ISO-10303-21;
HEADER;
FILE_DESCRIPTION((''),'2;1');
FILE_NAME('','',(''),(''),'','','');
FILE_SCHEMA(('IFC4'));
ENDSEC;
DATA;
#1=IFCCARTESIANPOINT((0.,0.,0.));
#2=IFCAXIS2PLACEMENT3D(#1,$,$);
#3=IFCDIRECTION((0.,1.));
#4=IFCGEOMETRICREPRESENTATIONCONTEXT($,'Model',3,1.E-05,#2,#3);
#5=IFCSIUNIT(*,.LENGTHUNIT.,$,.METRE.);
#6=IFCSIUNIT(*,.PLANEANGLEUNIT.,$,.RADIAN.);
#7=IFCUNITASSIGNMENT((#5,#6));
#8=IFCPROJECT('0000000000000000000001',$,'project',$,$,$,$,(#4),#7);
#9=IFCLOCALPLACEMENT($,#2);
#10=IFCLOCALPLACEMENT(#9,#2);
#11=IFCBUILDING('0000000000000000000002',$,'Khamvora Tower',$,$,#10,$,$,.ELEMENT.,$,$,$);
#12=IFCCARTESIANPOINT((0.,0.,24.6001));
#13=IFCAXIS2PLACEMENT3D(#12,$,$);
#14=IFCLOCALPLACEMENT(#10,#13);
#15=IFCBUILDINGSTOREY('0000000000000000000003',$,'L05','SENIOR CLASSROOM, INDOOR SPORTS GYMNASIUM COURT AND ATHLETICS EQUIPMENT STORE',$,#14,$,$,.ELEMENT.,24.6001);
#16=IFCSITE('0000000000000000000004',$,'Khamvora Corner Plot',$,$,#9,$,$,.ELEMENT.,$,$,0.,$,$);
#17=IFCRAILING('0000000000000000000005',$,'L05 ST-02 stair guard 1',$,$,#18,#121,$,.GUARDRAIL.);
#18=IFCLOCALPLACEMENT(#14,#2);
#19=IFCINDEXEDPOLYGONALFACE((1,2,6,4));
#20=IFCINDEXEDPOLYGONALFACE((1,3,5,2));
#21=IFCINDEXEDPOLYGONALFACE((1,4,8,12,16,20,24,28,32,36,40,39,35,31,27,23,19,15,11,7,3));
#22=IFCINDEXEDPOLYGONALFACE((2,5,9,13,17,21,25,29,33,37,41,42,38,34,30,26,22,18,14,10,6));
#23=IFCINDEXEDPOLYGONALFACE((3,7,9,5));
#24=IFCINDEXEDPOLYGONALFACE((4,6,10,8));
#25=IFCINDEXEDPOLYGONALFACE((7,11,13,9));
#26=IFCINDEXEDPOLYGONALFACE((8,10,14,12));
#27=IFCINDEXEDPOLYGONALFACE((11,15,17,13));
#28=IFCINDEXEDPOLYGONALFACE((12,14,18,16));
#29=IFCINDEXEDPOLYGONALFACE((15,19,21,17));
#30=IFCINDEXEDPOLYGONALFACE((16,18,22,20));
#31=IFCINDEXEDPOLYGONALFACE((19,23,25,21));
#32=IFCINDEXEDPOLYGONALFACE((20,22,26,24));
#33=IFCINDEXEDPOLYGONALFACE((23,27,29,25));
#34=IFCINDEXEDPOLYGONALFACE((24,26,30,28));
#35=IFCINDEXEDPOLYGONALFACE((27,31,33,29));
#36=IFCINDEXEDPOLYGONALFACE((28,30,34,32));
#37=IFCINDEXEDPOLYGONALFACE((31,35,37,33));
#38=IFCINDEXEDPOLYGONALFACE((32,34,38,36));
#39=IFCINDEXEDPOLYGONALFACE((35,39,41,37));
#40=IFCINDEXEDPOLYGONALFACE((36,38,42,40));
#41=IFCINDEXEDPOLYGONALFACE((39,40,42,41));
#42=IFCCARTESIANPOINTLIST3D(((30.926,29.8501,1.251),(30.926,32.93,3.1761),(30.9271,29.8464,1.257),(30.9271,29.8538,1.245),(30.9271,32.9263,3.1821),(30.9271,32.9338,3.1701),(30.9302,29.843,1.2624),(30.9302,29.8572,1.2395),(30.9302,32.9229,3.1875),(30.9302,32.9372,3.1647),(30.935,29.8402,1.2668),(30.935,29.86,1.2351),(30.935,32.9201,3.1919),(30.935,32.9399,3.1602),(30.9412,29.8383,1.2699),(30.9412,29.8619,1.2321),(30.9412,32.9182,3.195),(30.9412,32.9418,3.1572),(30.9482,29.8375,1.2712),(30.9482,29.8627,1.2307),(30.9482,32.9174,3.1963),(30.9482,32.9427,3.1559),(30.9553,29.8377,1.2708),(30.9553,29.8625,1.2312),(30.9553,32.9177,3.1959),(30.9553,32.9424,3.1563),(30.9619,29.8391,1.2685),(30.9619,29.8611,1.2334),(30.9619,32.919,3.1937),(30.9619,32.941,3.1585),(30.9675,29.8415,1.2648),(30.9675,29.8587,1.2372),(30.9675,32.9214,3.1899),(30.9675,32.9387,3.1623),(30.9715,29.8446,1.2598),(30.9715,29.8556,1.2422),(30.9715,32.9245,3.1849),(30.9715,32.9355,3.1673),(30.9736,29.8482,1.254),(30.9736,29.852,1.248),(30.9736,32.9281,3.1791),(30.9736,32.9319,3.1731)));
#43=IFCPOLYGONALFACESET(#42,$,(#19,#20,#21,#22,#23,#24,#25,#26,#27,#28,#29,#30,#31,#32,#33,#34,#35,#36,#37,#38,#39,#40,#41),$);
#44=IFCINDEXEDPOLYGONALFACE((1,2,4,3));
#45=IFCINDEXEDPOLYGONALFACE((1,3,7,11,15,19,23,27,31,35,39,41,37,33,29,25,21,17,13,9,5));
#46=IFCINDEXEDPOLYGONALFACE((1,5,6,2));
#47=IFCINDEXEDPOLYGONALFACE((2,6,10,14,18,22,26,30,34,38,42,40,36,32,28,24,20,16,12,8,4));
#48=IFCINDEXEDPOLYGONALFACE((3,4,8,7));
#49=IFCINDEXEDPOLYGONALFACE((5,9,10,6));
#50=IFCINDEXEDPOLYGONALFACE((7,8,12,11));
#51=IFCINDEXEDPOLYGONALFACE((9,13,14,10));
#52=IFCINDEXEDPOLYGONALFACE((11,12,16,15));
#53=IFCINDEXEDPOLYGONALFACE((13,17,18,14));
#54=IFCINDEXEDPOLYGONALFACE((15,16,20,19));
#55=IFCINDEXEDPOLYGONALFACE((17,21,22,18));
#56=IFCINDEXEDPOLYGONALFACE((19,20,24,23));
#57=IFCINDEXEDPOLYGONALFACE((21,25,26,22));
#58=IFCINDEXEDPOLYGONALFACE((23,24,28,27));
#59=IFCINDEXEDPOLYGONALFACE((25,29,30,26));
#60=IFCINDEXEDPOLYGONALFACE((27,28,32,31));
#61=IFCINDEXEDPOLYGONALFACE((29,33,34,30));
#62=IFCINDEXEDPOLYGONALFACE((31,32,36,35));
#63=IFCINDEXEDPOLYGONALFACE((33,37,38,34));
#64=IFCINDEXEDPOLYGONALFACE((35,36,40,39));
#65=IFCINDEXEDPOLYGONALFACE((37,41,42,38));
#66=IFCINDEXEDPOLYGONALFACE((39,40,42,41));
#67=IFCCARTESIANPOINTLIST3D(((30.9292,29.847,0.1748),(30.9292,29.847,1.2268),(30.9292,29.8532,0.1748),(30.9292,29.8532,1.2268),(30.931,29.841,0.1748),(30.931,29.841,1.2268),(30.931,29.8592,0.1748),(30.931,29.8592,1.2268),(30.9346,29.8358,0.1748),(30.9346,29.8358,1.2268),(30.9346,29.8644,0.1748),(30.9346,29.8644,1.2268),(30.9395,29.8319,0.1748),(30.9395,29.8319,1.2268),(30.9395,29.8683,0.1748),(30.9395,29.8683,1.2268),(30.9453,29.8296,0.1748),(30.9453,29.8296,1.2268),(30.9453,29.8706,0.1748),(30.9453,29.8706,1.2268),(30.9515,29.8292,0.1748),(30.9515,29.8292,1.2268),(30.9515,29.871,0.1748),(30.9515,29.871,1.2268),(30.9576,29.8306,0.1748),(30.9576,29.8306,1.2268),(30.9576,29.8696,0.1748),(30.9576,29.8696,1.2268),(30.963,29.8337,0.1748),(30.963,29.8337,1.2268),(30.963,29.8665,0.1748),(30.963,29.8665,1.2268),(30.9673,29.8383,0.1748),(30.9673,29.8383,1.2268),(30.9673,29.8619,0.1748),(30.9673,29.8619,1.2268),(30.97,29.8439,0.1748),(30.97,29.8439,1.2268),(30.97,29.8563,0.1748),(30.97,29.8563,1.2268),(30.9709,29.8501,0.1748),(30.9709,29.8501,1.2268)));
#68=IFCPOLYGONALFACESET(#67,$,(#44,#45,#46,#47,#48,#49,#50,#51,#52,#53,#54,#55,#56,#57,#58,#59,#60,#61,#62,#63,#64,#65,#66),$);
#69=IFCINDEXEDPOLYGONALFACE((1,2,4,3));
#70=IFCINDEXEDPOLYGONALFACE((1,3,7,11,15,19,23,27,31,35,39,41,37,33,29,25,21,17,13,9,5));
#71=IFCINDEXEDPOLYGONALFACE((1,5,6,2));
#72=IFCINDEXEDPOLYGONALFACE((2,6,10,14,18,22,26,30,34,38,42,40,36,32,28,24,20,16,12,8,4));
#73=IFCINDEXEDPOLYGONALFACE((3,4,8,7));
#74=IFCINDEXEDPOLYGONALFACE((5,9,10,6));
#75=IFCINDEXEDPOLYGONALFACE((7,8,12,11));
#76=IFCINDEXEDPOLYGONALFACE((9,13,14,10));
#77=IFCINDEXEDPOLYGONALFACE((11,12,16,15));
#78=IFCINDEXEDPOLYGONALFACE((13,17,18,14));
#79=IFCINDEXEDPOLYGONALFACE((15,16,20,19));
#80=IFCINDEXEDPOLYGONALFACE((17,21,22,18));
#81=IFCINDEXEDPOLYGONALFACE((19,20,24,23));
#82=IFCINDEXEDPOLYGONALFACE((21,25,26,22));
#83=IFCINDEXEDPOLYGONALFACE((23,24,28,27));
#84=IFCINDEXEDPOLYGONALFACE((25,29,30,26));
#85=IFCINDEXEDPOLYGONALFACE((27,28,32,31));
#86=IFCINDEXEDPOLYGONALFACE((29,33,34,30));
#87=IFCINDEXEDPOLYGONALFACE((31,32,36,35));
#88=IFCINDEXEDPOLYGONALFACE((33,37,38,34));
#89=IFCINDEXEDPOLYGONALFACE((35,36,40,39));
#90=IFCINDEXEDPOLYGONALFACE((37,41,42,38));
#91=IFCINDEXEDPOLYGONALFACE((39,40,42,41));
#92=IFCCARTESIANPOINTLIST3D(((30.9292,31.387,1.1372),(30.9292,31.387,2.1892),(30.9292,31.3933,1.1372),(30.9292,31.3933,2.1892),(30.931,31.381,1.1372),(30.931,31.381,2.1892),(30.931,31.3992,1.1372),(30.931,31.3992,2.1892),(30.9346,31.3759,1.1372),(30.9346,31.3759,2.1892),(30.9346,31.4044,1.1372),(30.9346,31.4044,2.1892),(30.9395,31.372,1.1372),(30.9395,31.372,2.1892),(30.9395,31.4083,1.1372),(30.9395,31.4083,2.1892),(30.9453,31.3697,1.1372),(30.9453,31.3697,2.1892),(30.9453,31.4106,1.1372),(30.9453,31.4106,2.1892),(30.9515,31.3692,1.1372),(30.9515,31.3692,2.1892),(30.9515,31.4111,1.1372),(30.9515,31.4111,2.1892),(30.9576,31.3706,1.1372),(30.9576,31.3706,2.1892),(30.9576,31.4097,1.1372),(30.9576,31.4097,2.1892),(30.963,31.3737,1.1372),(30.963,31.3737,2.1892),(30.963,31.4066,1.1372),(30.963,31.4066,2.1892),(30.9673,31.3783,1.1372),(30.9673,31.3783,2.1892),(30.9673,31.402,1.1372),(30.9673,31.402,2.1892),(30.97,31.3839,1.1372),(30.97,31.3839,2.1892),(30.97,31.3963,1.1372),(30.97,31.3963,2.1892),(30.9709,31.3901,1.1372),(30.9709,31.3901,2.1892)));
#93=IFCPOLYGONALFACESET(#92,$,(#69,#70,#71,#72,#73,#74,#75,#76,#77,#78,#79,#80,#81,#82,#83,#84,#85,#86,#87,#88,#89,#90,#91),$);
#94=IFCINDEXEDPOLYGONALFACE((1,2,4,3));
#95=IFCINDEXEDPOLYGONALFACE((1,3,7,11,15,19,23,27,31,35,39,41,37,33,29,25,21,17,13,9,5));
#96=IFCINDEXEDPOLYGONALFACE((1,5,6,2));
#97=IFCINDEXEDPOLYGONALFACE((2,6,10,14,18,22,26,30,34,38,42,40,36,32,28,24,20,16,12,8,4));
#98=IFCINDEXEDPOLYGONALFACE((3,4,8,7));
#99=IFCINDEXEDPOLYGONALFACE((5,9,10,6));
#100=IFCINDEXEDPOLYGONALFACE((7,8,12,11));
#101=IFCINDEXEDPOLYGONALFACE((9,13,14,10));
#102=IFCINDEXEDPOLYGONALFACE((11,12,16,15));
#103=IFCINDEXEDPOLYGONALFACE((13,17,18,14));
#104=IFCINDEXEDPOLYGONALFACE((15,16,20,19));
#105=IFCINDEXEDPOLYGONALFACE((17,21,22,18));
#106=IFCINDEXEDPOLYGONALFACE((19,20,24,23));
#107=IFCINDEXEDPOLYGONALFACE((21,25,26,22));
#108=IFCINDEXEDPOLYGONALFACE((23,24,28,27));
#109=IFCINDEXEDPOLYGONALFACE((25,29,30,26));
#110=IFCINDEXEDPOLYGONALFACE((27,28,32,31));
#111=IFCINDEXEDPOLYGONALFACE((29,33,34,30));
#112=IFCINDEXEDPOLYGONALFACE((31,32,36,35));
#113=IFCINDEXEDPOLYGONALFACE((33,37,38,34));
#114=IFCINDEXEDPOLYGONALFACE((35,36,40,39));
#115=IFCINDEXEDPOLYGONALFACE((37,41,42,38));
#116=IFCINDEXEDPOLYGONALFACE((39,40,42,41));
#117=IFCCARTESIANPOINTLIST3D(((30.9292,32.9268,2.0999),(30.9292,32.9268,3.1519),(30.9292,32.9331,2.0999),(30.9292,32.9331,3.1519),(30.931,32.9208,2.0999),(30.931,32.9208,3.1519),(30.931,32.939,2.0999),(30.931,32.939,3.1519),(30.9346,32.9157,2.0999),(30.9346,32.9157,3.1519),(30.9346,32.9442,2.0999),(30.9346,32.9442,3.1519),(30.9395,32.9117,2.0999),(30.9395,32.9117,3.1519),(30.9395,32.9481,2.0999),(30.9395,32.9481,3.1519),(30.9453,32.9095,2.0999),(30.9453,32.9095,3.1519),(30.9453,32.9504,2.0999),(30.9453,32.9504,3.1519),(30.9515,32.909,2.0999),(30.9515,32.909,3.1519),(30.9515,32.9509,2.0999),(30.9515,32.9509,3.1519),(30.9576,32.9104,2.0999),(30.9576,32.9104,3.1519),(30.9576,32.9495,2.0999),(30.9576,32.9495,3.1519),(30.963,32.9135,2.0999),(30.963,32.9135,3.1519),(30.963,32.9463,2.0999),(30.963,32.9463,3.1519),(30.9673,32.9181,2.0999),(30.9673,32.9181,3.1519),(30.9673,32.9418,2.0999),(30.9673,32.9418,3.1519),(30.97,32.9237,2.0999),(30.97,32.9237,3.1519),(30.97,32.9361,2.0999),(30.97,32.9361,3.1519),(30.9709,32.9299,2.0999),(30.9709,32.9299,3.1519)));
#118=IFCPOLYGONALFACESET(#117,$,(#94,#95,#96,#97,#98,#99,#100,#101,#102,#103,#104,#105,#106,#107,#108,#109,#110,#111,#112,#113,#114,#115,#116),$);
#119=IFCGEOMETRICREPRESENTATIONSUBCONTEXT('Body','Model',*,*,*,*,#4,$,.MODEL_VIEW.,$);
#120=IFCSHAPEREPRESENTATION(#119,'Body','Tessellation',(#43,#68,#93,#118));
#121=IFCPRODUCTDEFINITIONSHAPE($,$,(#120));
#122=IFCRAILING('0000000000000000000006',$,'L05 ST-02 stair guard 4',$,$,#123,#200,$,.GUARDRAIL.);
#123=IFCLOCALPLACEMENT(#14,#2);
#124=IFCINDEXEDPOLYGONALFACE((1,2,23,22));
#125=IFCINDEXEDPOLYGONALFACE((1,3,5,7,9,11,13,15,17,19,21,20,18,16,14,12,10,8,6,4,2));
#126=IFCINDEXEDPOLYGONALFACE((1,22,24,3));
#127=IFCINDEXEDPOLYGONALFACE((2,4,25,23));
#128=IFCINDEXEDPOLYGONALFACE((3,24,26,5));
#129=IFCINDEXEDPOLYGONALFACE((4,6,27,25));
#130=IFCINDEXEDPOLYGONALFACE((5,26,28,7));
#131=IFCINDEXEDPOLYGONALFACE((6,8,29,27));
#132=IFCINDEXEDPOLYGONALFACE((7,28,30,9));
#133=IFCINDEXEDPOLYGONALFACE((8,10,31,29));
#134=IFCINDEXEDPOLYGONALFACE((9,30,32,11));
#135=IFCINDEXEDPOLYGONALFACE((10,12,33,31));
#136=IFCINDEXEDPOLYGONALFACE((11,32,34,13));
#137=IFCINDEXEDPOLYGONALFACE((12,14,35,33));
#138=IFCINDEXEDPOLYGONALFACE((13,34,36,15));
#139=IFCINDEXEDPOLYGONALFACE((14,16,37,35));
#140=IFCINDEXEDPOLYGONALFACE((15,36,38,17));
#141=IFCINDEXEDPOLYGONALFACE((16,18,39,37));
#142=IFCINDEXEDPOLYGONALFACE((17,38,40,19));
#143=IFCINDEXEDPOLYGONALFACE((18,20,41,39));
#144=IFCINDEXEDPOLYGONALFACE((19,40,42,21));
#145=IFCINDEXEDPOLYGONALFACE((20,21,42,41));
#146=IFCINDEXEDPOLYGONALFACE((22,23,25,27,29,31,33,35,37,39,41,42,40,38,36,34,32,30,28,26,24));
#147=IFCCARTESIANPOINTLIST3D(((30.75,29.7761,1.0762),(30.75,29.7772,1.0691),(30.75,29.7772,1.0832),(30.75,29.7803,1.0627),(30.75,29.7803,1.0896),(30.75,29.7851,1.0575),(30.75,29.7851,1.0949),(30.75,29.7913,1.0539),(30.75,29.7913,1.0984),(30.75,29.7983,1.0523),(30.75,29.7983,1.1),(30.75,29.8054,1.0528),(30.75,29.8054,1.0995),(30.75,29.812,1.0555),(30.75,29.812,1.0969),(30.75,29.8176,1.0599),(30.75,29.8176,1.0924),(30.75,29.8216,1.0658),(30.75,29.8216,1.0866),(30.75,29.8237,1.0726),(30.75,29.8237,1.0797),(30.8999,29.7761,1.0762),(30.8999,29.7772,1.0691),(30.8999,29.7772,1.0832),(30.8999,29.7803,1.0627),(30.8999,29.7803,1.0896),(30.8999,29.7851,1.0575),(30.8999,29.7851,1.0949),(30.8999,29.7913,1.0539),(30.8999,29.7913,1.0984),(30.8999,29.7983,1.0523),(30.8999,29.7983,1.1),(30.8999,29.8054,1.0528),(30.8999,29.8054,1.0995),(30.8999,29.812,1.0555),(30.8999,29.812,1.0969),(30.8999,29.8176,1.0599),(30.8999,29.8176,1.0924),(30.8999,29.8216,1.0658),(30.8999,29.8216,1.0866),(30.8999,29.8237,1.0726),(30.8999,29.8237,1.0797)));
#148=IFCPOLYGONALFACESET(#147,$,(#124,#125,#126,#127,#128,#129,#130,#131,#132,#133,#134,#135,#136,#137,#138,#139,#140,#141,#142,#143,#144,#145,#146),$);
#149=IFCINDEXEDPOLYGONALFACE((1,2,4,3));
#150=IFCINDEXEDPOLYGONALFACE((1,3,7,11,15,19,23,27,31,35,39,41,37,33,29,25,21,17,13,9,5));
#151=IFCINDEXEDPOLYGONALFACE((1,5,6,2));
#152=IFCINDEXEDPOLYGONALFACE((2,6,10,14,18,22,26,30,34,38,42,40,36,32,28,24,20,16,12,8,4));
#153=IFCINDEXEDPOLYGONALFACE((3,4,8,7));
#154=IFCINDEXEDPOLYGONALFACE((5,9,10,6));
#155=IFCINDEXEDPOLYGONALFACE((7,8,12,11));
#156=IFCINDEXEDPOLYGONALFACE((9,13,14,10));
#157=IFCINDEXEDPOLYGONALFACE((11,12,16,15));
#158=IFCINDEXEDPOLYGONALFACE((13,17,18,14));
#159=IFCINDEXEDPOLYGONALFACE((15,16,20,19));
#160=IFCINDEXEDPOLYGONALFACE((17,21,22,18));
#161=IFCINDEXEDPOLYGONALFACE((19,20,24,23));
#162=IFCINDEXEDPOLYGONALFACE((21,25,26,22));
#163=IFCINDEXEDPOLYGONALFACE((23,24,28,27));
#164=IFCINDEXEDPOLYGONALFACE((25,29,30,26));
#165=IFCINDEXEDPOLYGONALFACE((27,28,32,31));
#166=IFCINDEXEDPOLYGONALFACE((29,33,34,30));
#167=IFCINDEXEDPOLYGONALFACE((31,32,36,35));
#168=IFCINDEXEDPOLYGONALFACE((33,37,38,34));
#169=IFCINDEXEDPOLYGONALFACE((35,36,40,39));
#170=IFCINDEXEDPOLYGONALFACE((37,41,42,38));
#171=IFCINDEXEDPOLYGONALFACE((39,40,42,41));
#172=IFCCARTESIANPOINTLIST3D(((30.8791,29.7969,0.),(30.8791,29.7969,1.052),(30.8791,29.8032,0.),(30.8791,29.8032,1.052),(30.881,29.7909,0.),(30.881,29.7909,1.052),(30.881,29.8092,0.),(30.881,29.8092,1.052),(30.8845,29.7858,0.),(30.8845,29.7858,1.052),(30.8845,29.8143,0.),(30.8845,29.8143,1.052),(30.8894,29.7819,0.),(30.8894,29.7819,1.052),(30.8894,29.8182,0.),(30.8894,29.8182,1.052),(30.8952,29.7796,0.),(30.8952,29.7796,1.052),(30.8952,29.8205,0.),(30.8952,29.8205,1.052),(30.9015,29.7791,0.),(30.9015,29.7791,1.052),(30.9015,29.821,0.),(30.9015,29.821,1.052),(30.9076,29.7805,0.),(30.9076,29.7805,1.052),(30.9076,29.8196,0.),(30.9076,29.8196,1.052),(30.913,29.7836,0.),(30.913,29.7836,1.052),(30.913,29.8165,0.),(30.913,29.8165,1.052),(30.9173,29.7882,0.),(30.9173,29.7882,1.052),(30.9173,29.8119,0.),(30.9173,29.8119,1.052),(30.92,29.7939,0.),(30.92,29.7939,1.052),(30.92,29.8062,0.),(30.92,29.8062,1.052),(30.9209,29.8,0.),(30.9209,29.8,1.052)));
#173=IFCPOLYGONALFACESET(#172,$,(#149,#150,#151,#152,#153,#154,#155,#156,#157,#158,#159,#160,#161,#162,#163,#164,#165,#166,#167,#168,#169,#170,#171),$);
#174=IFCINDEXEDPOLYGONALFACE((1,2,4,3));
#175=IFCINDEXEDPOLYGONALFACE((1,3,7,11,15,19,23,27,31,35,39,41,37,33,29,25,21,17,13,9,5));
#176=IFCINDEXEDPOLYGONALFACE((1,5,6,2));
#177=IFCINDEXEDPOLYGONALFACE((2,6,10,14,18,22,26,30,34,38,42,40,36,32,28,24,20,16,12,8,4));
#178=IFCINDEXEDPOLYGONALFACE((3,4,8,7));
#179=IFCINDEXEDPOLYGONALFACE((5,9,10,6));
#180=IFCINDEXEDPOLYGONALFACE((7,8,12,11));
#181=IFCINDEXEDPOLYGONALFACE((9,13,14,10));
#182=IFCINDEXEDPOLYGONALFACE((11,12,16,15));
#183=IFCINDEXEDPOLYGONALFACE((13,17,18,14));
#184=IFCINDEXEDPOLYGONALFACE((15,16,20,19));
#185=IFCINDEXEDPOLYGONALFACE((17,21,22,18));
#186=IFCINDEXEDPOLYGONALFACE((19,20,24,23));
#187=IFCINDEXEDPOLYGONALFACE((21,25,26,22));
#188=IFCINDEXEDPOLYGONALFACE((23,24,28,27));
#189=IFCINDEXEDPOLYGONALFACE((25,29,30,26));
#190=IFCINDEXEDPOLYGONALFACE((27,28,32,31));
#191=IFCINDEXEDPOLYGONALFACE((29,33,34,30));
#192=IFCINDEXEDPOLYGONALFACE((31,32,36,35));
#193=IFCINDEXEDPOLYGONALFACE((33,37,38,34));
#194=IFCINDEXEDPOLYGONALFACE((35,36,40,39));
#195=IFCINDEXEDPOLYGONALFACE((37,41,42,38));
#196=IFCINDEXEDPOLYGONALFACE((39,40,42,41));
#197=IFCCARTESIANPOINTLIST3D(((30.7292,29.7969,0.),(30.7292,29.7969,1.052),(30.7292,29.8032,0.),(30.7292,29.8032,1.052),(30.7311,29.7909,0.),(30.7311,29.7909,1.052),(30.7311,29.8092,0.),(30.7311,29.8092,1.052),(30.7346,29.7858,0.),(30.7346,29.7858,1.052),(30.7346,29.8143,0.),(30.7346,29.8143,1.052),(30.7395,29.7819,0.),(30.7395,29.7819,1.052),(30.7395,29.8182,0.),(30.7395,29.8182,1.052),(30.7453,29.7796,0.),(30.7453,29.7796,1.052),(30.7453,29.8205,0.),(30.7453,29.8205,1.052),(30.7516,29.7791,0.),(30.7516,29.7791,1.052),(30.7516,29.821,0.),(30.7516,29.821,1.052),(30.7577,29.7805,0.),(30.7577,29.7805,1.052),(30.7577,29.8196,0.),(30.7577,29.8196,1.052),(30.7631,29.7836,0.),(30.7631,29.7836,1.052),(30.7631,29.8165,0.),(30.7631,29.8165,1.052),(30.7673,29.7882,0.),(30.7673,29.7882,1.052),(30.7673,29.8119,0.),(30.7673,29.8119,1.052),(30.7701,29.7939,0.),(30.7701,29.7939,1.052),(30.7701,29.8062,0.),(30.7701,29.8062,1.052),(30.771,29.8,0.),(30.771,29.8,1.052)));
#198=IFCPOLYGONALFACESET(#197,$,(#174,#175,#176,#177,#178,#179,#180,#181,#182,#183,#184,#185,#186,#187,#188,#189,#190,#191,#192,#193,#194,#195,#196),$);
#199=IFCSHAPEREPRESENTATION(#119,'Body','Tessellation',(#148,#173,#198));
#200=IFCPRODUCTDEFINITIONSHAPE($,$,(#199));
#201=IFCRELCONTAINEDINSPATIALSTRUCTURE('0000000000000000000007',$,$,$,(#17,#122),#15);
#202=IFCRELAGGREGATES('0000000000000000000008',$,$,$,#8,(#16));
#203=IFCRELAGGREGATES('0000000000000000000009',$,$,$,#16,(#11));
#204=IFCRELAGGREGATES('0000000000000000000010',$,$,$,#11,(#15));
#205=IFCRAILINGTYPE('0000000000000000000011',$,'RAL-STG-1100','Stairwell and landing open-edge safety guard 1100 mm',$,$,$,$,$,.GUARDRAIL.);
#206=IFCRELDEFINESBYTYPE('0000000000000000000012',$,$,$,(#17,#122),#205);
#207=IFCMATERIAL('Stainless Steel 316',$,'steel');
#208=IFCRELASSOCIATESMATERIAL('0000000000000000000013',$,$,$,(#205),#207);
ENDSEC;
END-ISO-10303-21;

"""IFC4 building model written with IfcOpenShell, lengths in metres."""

from ifc_helpers import new_model, si_unit, direction, frame, origin, origin_2d, place, context, subcontext, project, spatial, circle, extrude, material, type_object, element, save


model = new_model("IFC4")

# Units and contexts
model_context = context("Model", 3, precision=1e-05, world=origin(), true_north=direction((0.0, 1.0)))
body_context = subcontext(model_context, "Body", "Model", "MODEL_VIEW")
ifc_project = project(units=[si_unit("LENGTHUNIT", "METRE"), si_unit("PLANEANGLEUNIT", "RADIAN")], contexts=[model_context])

# Site, building, storey
site_placement = place(None, origin())
site = spatial("IfcSite", under=ifc_project, at=site_placement, Name="Khamvora Corner Plot", CompositionType="ELEMENT", RefElevation=0.0)
building_placement = place(site_placement, origin())
building = spatial("IfcBuilding", under=site, at=building_placement, Name="Khamvora Tower", CompositionType="ELEMENT")
storey_placement = place(building_placement, frame((0.0, 0.0, 24.6001)))
storey = spatial("IfcBuildingStorey", under=building, at=storey_placement, Name="L05", Description="SENIOR CLASSROOM, INDOOR SPORTS GYMNASIUM COURT AND ATHLETICS EQUIPMENT STORE", CompositionType="ELEMENT", Elevation=24.6001)

# Railings
ifc_material_1 = material(Name="Stainless Steel 316", Category="steel")
railing_type_1 = type_object("IfcRailingType", Name="RAL-STG-1100", Description="Stairwell and landing open-edge safety guard 1100 mm", PredefinedType="GUARDRAIL", material=ifc_material_1)
railing_1_placement = place(storey_placement, frame((30.95, 29.8501, 0.1748)))
element("IfcRailing", 1, at=railing_1_placement, inside=storey, type_object=railing_type_1, Name="L05 ST-02 stair guard 1", PredefinedType="GUARDRAIL", context=body_context, shape_type="SweptSolid", body=[
    extrude(circle(Radius=0.0239, at=origin_2d()), frame((0.0, 0.0, 1.0762), z_axis=(0.0, 0.847979, 0.530029), x_axis=(-1.0, 0.0, 0.0)), (0.0, 0.0, 1.0), 3.6321),
    extrude(circle(Radius=0.021, at=origin_2d()), origin(), (0.0, 0.0, 1.0), 1.052),
    extrude(circle(Radius=0.021, at=origin_2d()), frame((0.0, 1.54, 0.9624)), (0.0, 0.0, 1.0), 1.052),
    extrude(circle(Radius=0.021, at=origin_2d()), frame((0.0, 3.0798, 1.925)), (0.0, 0.0, 1.0), 1.052),
])
railing_2_placement = place(storey_placement, frame((30.8999, 29.8, 0.0)))
element("IfcRailing", 2, at=railing_2_placement, inside=storey, type_object=railing_type_1, Name="L05 ST-02 stair guard 4", PredefinedType="GUARDRAIL", context=body_context, shape_type="SweptSolid", body=[
    extrude(circle(Radius=0.0239, at=origin_2d()), frame((0.0, 0.0, 1.0762), z_axis=(-1.0, 0.0, 0.0), x_axis=(0.0, -1.0, 0.0)), (0.0, 0.0, 1.0), 0.1499),
    extrude(circle(Radius=0.021, at=origin_2d()), origin(), (0.0, 0.0, 1.0), 1.052),
    extrude(circle(Radius=0.021, at=origin_2d()), frame((-0.1499, 0.0, 0.0)), (0.0, 0.0, 1.0), 1.052),
])

save(model, "model.ifc")
